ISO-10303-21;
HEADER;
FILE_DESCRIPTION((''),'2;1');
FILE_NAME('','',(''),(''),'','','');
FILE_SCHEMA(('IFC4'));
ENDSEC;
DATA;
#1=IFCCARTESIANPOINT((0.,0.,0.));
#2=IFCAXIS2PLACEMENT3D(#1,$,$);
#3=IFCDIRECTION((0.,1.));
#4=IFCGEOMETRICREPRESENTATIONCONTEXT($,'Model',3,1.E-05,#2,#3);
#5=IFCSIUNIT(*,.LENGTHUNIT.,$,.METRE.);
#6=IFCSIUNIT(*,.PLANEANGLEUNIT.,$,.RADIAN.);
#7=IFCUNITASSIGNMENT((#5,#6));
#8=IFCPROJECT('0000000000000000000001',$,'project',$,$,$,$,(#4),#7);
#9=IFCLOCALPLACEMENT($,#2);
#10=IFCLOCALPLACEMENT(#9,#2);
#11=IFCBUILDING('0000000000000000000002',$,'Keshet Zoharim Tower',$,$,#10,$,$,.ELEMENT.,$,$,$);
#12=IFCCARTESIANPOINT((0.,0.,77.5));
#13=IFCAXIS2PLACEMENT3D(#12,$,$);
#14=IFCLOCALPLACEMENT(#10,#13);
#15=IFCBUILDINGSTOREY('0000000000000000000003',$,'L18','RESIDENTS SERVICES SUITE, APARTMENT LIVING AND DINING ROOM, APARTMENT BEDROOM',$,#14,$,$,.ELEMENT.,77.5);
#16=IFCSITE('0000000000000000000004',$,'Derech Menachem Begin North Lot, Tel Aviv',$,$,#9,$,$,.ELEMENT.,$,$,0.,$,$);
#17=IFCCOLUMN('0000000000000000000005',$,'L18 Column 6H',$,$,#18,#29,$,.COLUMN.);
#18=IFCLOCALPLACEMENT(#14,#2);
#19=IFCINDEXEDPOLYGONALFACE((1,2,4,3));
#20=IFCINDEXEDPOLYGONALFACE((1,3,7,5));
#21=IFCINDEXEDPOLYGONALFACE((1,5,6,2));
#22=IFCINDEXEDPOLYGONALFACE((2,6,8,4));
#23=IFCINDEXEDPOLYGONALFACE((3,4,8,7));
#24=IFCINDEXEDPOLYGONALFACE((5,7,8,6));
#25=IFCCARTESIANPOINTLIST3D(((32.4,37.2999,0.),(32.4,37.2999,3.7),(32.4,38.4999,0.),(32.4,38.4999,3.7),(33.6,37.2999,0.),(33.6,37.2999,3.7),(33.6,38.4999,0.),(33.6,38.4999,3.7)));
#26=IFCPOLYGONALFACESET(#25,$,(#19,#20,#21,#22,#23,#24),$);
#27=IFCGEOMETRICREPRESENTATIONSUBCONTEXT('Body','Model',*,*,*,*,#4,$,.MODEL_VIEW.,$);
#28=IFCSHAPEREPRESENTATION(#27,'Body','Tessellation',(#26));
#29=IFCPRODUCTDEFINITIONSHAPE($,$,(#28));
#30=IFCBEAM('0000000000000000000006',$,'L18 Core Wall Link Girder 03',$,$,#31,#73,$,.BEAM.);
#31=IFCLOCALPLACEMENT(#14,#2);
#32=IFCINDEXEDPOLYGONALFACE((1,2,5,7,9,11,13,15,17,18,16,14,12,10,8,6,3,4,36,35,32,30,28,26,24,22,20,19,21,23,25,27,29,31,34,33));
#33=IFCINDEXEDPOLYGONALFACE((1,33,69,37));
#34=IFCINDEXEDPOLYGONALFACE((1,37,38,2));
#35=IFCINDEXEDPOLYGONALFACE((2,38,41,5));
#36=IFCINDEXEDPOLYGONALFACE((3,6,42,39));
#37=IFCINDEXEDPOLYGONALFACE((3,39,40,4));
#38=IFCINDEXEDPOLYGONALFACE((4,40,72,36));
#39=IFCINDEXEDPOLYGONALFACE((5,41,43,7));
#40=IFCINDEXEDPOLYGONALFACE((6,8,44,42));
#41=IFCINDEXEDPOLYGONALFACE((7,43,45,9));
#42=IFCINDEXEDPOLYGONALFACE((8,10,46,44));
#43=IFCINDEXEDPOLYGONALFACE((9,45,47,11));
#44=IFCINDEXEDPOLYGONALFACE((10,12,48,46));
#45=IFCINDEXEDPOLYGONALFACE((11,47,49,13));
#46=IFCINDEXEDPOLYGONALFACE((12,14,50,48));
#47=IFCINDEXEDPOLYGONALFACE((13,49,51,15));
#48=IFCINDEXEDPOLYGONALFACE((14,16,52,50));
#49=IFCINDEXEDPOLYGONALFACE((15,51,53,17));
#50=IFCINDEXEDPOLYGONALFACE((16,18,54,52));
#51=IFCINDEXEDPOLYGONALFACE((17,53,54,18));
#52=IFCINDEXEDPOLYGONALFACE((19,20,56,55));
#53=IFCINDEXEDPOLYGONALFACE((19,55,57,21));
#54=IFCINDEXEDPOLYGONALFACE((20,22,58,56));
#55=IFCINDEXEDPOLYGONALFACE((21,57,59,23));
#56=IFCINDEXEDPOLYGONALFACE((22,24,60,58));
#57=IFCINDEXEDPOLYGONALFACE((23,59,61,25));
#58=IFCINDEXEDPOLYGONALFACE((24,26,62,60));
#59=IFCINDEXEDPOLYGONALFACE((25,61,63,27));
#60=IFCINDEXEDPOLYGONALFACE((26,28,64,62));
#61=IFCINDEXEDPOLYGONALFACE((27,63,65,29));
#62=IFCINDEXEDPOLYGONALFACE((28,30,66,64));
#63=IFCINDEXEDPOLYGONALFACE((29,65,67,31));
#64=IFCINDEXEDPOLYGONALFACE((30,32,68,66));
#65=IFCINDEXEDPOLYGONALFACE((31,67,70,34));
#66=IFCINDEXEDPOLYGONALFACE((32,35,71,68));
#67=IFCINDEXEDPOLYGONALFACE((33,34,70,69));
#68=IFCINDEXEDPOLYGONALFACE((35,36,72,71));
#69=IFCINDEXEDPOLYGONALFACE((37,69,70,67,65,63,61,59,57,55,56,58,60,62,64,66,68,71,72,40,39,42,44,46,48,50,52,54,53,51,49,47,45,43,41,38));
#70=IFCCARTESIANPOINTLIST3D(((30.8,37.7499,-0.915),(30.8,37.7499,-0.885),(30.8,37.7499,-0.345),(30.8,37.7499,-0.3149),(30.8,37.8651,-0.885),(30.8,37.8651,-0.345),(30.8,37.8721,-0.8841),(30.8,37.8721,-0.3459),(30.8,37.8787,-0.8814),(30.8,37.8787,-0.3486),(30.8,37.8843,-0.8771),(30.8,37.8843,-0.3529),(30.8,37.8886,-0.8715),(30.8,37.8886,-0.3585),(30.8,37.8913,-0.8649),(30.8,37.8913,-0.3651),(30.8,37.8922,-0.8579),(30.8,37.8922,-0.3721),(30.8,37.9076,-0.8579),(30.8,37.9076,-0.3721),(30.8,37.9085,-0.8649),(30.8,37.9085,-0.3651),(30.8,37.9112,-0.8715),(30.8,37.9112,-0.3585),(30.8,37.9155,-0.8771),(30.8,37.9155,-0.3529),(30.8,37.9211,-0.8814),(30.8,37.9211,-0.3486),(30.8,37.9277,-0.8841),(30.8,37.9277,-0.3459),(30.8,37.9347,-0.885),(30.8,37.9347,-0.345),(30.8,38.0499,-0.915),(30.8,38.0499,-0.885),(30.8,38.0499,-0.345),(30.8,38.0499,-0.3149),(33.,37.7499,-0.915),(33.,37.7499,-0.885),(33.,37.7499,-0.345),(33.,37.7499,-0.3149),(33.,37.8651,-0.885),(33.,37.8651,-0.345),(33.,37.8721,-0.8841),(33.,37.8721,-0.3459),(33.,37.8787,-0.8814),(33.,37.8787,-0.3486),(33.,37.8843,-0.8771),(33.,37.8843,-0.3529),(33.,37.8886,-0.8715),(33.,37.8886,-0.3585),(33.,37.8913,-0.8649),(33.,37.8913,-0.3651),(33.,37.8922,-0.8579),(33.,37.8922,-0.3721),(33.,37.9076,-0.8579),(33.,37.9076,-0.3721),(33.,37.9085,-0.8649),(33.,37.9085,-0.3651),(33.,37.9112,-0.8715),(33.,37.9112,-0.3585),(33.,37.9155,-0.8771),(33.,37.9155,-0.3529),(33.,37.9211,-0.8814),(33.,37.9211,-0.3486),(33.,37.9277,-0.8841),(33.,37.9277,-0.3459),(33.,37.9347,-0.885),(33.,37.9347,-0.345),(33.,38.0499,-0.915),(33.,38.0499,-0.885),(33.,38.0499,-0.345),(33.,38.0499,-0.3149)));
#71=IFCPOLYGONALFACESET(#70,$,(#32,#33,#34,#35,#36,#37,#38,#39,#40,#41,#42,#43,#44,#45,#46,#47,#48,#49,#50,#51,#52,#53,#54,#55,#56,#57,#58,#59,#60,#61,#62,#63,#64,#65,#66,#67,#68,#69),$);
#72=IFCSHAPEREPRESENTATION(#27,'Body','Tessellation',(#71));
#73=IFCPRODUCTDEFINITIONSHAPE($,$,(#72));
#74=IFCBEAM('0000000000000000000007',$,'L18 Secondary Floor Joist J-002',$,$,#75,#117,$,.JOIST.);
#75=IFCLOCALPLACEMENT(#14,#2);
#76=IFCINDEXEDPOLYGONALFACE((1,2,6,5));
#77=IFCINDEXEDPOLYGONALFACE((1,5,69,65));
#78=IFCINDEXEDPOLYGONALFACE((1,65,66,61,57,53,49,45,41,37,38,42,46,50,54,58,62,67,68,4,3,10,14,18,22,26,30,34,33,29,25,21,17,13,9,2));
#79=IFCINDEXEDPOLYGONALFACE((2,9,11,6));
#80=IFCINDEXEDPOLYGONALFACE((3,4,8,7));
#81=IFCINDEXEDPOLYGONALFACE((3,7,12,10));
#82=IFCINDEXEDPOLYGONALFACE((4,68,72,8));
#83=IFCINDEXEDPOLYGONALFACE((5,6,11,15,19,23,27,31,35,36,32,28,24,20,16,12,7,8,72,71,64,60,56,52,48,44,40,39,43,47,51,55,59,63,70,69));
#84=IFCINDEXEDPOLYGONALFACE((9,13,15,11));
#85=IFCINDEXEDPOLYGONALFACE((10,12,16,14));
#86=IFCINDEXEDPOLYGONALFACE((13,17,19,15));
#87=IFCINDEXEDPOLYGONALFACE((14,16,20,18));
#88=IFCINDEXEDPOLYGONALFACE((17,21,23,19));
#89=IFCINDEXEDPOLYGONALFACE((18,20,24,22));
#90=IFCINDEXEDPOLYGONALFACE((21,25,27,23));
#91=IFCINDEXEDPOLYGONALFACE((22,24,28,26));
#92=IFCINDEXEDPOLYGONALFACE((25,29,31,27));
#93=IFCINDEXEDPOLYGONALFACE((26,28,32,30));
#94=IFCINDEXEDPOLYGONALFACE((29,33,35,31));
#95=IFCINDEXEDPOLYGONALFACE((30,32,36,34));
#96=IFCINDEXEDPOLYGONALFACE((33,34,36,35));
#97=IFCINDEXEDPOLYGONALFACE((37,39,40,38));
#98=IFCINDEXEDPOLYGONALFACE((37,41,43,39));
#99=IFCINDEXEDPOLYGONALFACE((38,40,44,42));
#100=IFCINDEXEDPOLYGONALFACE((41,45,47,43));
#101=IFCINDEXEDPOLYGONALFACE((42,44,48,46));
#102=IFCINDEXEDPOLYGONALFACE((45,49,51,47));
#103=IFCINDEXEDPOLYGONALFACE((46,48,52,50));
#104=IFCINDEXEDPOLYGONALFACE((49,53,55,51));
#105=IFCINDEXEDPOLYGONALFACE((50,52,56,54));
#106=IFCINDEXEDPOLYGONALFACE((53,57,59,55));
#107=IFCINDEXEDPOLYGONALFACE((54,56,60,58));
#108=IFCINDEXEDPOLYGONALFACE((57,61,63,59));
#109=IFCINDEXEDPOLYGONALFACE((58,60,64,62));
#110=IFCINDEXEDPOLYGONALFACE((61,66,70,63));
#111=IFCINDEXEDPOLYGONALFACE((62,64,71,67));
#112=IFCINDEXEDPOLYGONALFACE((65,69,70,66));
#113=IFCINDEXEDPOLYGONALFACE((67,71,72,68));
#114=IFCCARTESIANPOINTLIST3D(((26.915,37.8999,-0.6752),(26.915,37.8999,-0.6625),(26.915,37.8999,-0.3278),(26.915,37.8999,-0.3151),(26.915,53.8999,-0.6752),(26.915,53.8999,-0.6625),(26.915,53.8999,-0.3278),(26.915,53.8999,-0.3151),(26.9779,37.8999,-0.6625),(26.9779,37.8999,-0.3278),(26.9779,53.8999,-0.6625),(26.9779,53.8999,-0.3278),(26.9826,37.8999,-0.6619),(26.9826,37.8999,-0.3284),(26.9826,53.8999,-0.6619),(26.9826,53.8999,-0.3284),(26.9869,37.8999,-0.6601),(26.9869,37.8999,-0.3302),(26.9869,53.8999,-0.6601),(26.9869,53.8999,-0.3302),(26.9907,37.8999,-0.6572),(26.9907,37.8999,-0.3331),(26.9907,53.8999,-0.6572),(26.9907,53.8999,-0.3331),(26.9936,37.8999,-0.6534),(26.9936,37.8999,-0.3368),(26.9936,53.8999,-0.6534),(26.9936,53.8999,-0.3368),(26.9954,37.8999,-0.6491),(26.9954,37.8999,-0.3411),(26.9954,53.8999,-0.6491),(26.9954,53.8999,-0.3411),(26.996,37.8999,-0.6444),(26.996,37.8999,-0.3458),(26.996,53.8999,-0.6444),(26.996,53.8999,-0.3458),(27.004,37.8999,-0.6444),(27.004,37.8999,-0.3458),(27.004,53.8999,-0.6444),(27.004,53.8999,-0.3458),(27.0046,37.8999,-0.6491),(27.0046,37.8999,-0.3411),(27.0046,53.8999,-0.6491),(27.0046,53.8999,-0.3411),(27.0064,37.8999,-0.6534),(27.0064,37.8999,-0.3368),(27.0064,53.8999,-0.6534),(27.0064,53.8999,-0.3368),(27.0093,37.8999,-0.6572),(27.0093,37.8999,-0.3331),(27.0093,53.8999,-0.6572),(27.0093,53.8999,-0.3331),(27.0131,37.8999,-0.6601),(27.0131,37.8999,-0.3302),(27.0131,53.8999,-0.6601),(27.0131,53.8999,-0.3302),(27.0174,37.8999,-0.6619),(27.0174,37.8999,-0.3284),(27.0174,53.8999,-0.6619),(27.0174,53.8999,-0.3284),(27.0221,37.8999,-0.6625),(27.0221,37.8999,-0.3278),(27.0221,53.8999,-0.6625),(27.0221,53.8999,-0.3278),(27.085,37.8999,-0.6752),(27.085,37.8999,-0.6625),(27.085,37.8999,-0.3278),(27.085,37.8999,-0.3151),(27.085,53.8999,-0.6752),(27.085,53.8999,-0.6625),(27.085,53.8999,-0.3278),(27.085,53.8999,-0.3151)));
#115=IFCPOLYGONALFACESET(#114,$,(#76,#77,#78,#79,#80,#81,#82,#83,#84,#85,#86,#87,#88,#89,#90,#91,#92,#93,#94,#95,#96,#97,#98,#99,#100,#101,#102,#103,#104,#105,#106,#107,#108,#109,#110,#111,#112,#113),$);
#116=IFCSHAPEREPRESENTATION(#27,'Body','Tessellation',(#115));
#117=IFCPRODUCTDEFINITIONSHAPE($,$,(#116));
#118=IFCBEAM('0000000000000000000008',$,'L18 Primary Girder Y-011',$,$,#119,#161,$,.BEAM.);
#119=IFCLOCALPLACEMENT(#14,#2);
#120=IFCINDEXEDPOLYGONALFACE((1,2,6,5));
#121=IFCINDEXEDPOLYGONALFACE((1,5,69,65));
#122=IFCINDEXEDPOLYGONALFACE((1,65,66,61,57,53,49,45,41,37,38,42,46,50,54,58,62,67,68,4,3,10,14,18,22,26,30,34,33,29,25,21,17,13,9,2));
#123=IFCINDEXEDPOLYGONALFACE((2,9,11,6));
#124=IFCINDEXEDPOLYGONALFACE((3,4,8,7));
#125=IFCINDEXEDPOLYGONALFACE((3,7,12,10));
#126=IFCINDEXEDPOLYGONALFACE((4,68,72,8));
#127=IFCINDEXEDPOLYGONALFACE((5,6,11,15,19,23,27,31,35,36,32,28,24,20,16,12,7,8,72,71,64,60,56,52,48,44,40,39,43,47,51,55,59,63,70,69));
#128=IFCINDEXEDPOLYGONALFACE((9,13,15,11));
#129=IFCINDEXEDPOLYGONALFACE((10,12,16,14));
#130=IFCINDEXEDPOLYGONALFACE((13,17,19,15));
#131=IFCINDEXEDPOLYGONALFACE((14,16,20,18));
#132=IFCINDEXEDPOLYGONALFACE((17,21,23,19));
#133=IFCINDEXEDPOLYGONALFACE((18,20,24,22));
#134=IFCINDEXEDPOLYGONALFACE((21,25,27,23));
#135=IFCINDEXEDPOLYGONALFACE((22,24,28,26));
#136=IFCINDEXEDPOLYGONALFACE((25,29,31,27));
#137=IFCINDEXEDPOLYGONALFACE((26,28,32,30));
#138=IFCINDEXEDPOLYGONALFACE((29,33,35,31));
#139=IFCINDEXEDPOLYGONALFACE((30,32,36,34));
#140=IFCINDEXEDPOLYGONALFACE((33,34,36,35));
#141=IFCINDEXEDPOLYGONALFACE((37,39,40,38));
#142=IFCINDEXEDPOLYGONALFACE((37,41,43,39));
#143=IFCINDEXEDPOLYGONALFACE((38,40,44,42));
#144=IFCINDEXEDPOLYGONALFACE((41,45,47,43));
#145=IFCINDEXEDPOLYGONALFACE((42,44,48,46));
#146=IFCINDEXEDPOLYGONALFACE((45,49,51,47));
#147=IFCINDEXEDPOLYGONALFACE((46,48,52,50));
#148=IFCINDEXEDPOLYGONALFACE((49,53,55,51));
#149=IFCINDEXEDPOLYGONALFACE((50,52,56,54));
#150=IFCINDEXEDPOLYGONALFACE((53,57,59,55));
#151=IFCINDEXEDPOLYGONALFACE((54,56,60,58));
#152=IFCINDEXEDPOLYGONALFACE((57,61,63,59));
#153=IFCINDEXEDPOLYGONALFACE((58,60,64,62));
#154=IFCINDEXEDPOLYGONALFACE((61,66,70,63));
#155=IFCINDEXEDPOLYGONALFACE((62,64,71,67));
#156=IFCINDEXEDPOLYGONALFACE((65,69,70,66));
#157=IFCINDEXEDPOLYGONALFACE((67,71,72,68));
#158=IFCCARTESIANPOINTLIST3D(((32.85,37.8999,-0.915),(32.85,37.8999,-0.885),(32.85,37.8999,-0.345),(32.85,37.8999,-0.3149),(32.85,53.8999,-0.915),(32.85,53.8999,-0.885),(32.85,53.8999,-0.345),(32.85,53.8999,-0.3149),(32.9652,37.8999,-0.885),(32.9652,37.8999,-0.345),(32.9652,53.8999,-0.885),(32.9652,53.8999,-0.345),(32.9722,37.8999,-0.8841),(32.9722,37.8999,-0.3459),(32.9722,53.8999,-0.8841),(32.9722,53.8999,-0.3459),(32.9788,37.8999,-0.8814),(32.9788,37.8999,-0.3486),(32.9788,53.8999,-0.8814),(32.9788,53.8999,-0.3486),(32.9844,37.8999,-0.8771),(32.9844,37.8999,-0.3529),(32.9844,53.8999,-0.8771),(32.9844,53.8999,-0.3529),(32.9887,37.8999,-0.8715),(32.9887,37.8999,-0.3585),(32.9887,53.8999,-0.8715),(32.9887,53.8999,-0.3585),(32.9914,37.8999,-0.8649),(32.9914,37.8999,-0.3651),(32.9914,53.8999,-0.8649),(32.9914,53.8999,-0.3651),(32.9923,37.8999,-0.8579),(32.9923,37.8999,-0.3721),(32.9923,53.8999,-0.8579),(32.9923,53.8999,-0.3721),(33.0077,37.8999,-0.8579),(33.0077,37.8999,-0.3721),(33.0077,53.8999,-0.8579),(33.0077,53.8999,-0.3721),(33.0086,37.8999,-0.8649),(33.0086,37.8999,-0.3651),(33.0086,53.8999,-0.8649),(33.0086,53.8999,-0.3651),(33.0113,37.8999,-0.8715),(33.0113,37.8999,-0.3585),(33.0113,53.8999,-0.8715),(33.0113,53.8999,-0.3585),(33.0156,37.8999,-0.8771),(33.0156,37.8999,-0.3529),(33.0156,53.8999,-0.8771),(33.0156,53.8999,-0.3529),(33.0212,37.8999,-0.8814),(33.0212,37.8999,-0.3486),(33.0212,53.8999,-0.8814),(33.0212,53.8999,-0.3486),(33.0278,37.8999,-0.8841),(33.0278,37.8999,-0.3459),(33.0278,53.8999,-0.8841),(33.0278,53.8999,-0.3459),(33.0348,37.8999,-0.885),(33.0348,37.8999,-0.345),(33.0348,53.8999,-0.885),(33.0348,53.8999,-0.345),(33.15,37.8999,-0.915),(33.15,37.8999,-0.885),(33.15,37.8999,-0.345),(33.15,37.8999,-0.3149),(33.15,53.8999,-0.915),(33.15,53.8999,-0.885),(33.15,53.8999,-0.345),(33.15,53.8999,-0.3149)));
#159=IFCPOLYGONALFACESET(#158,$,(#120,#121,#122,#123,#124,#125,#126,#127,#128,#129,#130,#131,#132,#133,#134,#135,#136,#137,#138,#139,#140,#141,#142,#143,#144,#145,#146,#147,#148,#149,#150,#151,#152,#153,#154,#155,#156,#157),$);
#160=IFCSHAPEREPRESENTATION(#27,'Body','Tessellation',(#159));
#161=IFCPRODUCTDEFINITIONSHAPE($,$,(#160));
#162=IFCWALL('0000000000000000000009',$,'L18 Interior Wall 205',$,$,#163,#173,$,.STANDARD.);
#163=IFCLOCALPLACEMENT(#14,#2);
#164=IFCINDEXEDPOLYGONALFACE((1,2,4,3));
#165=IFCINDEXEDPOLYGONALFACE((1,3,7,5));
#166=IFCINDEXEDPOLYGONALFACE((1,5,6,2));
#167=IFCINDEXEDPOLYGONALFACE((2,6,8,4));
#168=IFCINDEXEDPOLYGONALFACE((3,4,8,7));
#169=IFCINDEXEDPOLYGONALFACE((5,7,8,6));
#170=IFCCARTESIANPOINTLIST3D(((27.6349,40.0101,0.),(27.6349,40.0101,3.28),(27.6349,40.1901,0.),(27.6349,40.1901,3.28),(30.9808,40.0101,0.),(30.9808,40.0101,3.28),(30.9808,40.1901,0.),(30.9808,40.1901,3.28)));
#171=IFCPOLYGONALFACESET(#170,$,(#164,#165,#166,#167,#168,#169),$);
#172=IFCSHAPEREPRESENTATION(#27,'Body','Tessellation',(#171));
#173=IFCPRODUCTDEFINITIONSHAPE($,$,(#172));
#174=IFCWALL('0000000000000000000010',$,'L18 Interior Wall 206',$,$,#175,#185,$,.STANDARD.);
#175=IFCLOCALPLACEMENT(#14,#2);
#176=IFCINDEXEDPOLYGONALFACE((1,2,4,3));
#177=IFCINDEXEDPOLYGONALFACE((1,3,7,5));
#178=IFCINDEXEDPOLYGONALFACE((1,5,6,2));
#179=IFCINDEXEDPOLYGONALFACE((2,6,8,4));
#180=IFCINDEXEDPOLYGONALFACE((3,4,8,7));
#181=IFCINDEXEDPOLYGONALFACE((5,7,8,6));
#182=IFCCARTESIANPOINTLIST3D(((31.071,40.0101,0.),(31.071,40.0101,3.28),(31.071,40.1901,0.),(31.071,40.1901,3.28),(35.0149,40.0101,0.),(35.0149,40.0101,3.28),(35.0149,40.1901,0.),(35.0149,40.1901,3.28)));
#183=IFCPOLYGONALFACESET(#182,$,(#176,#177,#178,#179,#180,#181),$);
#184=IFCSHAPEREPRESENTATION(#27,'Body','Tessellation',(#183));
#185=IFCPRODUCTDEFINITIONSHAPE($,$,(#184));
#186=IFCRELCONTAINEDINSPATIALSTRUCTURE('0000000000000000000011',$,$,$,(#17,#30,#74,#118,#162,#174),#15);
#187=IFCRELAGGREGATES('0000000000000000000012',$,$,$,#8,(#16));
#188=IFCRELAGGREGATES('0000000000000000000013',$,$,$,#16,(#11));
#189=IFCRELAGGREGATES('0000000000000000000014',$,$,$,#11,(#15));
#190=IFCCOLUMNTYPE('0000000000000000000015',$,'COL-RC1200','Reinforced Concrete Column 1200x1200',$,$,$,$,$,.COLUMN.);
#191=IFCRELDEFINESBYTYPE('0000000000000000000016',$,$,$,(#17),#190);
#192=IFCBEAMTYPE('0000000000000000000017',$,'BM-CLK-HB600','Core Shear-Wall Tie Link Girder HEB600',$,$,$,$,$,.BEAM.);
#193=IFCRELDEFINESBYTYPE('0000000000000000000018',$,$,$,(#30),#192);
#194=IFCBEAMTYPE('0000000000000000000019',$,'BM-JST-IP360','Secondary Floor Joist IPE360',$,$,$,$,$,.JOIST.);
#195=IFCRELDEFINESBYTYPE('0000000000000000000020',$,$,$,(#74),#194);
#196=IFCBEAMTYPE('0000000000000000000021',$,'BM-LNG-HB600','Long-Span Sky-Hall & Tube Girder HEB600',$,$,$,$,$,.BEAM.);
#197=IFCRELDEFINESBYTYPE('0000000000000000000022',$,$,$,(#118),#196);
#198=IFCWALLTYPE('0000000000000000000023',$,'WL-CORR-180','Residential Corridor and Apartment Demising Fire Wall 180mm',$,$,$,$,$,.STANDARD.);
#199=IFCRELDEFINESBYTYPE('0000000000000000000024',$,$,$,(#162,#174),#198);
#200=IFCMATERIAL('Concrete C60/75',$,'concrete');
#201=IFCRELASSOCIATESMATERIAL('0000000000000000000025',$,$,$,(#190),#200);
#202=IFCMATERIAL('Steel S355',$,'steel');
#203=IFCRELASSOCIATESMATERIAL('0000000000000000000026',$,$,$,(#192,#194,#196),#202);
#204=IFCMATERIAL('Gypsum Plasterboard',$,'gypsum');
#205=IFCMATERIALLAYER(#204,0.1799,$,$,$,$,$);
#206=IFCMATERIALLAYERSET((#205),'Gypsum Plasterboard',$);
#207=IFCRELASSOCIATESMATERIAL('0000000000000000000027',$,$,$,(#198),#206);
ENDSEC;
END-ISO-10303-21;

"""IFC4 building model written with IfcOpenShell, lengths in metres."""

from ifc_helpers import new_model, si_unit, direction, frame, frame_2d, origin, origin_2d, place, context, subcontext, project, spatial, rectangle, i_section, extrude, material, layer, layer_set, material_profile, profile_set, type_object, element, save


model = new_model("IFC4")

# Units and contexts
model_context = context("Model", 3, precision=1e-05, world=origin(), true_north=direction((0.0, 1.0)))
body_context = subcontext(model_context, "Body", "Model", "MODEL_VIEW")
ifc_project = project(units=[si_unit("LENGTHUNIT", "METRE"), si_unit("PLANEANGLEUNIT", "RADIAN")], contexts=[model_context])

# Site, building, storey
site_placement = place(None, origin())
site = spatial("IfcSite", under=ifc_project, at=site_placement, Name="Derech Menachem Begin North Lot, Tel Aviv", CompositionType="ELEMENT", RefElevation=0.0)
building_placement = place(site_placement, origin())
building = spatial("IfcBuilding", under=site, at=building_placement, Name="Keshet Zoharim Tower", CompositionType="ELEMENT")
storey_placement = place(building_placement, frame((0.0, 0.0, 77.5)))
storey = spatial("IfcBuildingStorey", under=building, at=storey_placement, Name="L18", Description="RESIDENTS SERVICES SUITE, APARTMENT LIVING AND DINING ROOM, APARTMENT BEDROOM", CompositionType="ELEMENT", Elevation=77.5)

# Column
ifc_material_1 = material(Name="Concrete C60/75", Category="concrete")
ifc_material_profile_1 = material_profile(ifc_material_1, rectangle(XDim=1.2, YDim=1.2, at=origin_2d()), Name="RC1200x1200")
ifc_profile_set_1 = profile_set([ifc_material_profile_1], Name="Concrete C60/75")
column_type = type_object("IfcColumnType", Name="COL-RC1200", Description="Reinforced Concrete Column 1200x1200", PredefinedType="COLUMN", material=ifc_profile_set_1)
column_placement = place(storey_placement, frame((33.0, 37.8999, 0.0), z_axis=(0.0, 0.0, 1.0), x_axis=(1.0, 0.0, 0.0)))
element("IfcColumn", 1, at=column_placement, inside=storey, type_object=column_type, Name="L18 Column 6H", PredefinedType="COLUMN", context=body_context, shape_type="SweptSolid", body=[
    extrude(rectangle(XDim=1.2, YDim=1.2, at=origin_2d()), origin(), (0.0, 0.0, 1.0), 3.7),
])

# Beams
ifc_material_2 = material(Name="Steel S355", Category="steel")
ifc_material_profile_2 = material_profile(ifc_material_2, i_section(OverallWidth=0.3, OverallDepth=0.6001, WebThickness=0.0154, FlangeThickness=0.03, FilletRadius=0.0271, at=origin_2d()), Name="HEB600")
ifc_profile_set_2 = profile_set([ifc_material_profile_2], Name="Steel S355")
beam_type_1 = type_object("IfcBeamType", Name="BM-CLK-HB600", Description="Core Shear-Wall Tie Link Girder HEB600", PredefinedType="BEAM", material=ifc_profile_set_2)
beam_1_placement = place(storey_placement, frame((30.8, 37.8999, -0.615), z_axis=(1.0, 0.0, 0.0), x_axis=(0.0, 1.0, 0.0)))
element("IfcBeam", 2, at=beam_1_placement, inside=storey, type_object=beam_type_1, Name="L18 Core Wall Link Girder 03", PredefinedType="BEAM", context=body_context, shape_type="SweptSolid", body=[
    extrude(i_section(OverallWidth=0.3, OverallDepth=0.6001, WebThickness=0.0154, FlangeThickness=0.03, FilletRadius=0.0271, at=origin_2d()), origin(), (0.0, 0.0, 1.0), 2.2),
])
ifc_material_profile_3 = material_profile(ifc_material_2, i_section(OverallWidth=0.1699, OverallDepth=0.3601, WebThickness=0.0081, FlangeThickness=0.0127, FilletRadius=0.0181, at=origin_2d()), Name="IPE360")
ifc_profile_set_3 = profile_set([ifc_material_profile_3], Name="Steel S355")
beam_type_2 = type_object("IfcBeamType", Name="BM-JST-IP360", Description="Secondary Floor Joist IPE360", PredefinedType="JOIST", material=ifc_profile_set_3)
beam_2_placement = place(storey_placement, frame((27.0, 37.8999, -0.4951), z_axis=(0.0, 1.0, 0.0), x_axis=(-1.0, 0.0, 0.0)))
element("IfcBeam", 3, at=beam_2_placement, inside=storey, type_object=beam_type_2, Name="L18 Secondary Floor Joist J-002", PredefinedType="JOIST", context=body_context, shape_type="SweptSolid", body=[
    extrude(i_section(OverallWidth=0.1699, OverallDepth=0.3601, WebThickness=0.0081, FlangeThickness=0.0127, FilletRadius=0.0181, at=origin_2d()), origin(), (0.0, 0.0, 1.0), 16.0),
])
ifc_material_profile_4 = material_profile(ifc_material_2, i_section(OverallWidth=0.3, OverallDepth=0.6001, WebThickness=0.0154, FlangeThickness=0.03, FilletRadius=0.0271, at=origin_2d()), Name="HEB600")
ifc_profile_set_4 = profile_set([ifc_material_profile_4], Name="Steel S355")
beam_type_3 = type_object("IfcBeamType", Name="BM-LNG-HB600", Description="Long-Span Sky-Hall & Tube Girder HEB600", PredefinedType="BEAM", material=ifc_profile_set_4)
beam_3_placement = place(storey_placement, frame((33.0, 37.8999, -0.615), z_axis=(0.0, 1.0, 0.0), x_axis=(-1.0, 0.0, 0.0)))
element("IfcBeam", 4, at=beam_3_placement, inside=storey, type_object=beam_type_3, Name="L18 Primary Girder Y-011", PredefinedType="BEAM", context=body_context, shape_type="SweptSolid", body=[
    extrude(i_section(OverallWidth=0.3, OverallDepth=0.6001, WebThickness=0.0154, FlangeThickness=0.03, FilletRadius=0.0271, at=origin_2d()), origin(), (0.0, 0.0, 1.0), 16.0),
])

# Shared definitions
ifc_material_3 = material(Name="Gypsum Plasterboard", Category="gypsum")
ifc_layer_1 = layer(ifc_material_3, 0.1799)
ifc_layer_set_1 = layer_set([ifc_layer_1], Name="Gypsum Plasterboard")
wall_type_1 = type_object("IfcWallType", Name="WL-CORR-180", Description="Residential Corridor and Apartment Demising Fire Wall 180mm", PredefinedType="STANDARD", material=ifc_layer_set_1)

# Walls
wall_1_placement = place(storey_placement, frame((27.635, 40.1001, 0.0), z_axis=(0.0, 0.0, 1.0), x_axis=(1.0, 0.0, 0.0)))
element("IfcWall", 5, at=wall_1_placement, inside=storey, type_object=wall_type_1, Name="L18 Interior Wall 205", PredefinedType="STANDARD", context=body_context, shape_type="SweptSolid", body=[
    extrude(rectangle(XDim=3.3459, YDim=0.1799, at=frame_2d((1.6729, 0.0))), origin(), (0.0, 0.0, 1.0), 3.28),
])
wall_2_placement = place(storey_placement, frame((31.071, 40.1001, 0.0), z_axis=(0.0, 0.0, 1.0), x_axis=(1.0, 0.0, 0.0)))
element("IfcWall", 6, at=wall_2_placement, inside=storey, type_object=wall_type_1, Name="L18 Interior Wall 206", PredefinedType="STANDARD", context=body_context, shape_type="SweptSolid", body=[
    extrude(rectangle(XDim=3.9438, YDim=0.1799, at=frame_2d((1.9719, 0.0))), origin(), (0.0, 0.0, 1.0), 3.28),
])

save(model, "model.ifc")
